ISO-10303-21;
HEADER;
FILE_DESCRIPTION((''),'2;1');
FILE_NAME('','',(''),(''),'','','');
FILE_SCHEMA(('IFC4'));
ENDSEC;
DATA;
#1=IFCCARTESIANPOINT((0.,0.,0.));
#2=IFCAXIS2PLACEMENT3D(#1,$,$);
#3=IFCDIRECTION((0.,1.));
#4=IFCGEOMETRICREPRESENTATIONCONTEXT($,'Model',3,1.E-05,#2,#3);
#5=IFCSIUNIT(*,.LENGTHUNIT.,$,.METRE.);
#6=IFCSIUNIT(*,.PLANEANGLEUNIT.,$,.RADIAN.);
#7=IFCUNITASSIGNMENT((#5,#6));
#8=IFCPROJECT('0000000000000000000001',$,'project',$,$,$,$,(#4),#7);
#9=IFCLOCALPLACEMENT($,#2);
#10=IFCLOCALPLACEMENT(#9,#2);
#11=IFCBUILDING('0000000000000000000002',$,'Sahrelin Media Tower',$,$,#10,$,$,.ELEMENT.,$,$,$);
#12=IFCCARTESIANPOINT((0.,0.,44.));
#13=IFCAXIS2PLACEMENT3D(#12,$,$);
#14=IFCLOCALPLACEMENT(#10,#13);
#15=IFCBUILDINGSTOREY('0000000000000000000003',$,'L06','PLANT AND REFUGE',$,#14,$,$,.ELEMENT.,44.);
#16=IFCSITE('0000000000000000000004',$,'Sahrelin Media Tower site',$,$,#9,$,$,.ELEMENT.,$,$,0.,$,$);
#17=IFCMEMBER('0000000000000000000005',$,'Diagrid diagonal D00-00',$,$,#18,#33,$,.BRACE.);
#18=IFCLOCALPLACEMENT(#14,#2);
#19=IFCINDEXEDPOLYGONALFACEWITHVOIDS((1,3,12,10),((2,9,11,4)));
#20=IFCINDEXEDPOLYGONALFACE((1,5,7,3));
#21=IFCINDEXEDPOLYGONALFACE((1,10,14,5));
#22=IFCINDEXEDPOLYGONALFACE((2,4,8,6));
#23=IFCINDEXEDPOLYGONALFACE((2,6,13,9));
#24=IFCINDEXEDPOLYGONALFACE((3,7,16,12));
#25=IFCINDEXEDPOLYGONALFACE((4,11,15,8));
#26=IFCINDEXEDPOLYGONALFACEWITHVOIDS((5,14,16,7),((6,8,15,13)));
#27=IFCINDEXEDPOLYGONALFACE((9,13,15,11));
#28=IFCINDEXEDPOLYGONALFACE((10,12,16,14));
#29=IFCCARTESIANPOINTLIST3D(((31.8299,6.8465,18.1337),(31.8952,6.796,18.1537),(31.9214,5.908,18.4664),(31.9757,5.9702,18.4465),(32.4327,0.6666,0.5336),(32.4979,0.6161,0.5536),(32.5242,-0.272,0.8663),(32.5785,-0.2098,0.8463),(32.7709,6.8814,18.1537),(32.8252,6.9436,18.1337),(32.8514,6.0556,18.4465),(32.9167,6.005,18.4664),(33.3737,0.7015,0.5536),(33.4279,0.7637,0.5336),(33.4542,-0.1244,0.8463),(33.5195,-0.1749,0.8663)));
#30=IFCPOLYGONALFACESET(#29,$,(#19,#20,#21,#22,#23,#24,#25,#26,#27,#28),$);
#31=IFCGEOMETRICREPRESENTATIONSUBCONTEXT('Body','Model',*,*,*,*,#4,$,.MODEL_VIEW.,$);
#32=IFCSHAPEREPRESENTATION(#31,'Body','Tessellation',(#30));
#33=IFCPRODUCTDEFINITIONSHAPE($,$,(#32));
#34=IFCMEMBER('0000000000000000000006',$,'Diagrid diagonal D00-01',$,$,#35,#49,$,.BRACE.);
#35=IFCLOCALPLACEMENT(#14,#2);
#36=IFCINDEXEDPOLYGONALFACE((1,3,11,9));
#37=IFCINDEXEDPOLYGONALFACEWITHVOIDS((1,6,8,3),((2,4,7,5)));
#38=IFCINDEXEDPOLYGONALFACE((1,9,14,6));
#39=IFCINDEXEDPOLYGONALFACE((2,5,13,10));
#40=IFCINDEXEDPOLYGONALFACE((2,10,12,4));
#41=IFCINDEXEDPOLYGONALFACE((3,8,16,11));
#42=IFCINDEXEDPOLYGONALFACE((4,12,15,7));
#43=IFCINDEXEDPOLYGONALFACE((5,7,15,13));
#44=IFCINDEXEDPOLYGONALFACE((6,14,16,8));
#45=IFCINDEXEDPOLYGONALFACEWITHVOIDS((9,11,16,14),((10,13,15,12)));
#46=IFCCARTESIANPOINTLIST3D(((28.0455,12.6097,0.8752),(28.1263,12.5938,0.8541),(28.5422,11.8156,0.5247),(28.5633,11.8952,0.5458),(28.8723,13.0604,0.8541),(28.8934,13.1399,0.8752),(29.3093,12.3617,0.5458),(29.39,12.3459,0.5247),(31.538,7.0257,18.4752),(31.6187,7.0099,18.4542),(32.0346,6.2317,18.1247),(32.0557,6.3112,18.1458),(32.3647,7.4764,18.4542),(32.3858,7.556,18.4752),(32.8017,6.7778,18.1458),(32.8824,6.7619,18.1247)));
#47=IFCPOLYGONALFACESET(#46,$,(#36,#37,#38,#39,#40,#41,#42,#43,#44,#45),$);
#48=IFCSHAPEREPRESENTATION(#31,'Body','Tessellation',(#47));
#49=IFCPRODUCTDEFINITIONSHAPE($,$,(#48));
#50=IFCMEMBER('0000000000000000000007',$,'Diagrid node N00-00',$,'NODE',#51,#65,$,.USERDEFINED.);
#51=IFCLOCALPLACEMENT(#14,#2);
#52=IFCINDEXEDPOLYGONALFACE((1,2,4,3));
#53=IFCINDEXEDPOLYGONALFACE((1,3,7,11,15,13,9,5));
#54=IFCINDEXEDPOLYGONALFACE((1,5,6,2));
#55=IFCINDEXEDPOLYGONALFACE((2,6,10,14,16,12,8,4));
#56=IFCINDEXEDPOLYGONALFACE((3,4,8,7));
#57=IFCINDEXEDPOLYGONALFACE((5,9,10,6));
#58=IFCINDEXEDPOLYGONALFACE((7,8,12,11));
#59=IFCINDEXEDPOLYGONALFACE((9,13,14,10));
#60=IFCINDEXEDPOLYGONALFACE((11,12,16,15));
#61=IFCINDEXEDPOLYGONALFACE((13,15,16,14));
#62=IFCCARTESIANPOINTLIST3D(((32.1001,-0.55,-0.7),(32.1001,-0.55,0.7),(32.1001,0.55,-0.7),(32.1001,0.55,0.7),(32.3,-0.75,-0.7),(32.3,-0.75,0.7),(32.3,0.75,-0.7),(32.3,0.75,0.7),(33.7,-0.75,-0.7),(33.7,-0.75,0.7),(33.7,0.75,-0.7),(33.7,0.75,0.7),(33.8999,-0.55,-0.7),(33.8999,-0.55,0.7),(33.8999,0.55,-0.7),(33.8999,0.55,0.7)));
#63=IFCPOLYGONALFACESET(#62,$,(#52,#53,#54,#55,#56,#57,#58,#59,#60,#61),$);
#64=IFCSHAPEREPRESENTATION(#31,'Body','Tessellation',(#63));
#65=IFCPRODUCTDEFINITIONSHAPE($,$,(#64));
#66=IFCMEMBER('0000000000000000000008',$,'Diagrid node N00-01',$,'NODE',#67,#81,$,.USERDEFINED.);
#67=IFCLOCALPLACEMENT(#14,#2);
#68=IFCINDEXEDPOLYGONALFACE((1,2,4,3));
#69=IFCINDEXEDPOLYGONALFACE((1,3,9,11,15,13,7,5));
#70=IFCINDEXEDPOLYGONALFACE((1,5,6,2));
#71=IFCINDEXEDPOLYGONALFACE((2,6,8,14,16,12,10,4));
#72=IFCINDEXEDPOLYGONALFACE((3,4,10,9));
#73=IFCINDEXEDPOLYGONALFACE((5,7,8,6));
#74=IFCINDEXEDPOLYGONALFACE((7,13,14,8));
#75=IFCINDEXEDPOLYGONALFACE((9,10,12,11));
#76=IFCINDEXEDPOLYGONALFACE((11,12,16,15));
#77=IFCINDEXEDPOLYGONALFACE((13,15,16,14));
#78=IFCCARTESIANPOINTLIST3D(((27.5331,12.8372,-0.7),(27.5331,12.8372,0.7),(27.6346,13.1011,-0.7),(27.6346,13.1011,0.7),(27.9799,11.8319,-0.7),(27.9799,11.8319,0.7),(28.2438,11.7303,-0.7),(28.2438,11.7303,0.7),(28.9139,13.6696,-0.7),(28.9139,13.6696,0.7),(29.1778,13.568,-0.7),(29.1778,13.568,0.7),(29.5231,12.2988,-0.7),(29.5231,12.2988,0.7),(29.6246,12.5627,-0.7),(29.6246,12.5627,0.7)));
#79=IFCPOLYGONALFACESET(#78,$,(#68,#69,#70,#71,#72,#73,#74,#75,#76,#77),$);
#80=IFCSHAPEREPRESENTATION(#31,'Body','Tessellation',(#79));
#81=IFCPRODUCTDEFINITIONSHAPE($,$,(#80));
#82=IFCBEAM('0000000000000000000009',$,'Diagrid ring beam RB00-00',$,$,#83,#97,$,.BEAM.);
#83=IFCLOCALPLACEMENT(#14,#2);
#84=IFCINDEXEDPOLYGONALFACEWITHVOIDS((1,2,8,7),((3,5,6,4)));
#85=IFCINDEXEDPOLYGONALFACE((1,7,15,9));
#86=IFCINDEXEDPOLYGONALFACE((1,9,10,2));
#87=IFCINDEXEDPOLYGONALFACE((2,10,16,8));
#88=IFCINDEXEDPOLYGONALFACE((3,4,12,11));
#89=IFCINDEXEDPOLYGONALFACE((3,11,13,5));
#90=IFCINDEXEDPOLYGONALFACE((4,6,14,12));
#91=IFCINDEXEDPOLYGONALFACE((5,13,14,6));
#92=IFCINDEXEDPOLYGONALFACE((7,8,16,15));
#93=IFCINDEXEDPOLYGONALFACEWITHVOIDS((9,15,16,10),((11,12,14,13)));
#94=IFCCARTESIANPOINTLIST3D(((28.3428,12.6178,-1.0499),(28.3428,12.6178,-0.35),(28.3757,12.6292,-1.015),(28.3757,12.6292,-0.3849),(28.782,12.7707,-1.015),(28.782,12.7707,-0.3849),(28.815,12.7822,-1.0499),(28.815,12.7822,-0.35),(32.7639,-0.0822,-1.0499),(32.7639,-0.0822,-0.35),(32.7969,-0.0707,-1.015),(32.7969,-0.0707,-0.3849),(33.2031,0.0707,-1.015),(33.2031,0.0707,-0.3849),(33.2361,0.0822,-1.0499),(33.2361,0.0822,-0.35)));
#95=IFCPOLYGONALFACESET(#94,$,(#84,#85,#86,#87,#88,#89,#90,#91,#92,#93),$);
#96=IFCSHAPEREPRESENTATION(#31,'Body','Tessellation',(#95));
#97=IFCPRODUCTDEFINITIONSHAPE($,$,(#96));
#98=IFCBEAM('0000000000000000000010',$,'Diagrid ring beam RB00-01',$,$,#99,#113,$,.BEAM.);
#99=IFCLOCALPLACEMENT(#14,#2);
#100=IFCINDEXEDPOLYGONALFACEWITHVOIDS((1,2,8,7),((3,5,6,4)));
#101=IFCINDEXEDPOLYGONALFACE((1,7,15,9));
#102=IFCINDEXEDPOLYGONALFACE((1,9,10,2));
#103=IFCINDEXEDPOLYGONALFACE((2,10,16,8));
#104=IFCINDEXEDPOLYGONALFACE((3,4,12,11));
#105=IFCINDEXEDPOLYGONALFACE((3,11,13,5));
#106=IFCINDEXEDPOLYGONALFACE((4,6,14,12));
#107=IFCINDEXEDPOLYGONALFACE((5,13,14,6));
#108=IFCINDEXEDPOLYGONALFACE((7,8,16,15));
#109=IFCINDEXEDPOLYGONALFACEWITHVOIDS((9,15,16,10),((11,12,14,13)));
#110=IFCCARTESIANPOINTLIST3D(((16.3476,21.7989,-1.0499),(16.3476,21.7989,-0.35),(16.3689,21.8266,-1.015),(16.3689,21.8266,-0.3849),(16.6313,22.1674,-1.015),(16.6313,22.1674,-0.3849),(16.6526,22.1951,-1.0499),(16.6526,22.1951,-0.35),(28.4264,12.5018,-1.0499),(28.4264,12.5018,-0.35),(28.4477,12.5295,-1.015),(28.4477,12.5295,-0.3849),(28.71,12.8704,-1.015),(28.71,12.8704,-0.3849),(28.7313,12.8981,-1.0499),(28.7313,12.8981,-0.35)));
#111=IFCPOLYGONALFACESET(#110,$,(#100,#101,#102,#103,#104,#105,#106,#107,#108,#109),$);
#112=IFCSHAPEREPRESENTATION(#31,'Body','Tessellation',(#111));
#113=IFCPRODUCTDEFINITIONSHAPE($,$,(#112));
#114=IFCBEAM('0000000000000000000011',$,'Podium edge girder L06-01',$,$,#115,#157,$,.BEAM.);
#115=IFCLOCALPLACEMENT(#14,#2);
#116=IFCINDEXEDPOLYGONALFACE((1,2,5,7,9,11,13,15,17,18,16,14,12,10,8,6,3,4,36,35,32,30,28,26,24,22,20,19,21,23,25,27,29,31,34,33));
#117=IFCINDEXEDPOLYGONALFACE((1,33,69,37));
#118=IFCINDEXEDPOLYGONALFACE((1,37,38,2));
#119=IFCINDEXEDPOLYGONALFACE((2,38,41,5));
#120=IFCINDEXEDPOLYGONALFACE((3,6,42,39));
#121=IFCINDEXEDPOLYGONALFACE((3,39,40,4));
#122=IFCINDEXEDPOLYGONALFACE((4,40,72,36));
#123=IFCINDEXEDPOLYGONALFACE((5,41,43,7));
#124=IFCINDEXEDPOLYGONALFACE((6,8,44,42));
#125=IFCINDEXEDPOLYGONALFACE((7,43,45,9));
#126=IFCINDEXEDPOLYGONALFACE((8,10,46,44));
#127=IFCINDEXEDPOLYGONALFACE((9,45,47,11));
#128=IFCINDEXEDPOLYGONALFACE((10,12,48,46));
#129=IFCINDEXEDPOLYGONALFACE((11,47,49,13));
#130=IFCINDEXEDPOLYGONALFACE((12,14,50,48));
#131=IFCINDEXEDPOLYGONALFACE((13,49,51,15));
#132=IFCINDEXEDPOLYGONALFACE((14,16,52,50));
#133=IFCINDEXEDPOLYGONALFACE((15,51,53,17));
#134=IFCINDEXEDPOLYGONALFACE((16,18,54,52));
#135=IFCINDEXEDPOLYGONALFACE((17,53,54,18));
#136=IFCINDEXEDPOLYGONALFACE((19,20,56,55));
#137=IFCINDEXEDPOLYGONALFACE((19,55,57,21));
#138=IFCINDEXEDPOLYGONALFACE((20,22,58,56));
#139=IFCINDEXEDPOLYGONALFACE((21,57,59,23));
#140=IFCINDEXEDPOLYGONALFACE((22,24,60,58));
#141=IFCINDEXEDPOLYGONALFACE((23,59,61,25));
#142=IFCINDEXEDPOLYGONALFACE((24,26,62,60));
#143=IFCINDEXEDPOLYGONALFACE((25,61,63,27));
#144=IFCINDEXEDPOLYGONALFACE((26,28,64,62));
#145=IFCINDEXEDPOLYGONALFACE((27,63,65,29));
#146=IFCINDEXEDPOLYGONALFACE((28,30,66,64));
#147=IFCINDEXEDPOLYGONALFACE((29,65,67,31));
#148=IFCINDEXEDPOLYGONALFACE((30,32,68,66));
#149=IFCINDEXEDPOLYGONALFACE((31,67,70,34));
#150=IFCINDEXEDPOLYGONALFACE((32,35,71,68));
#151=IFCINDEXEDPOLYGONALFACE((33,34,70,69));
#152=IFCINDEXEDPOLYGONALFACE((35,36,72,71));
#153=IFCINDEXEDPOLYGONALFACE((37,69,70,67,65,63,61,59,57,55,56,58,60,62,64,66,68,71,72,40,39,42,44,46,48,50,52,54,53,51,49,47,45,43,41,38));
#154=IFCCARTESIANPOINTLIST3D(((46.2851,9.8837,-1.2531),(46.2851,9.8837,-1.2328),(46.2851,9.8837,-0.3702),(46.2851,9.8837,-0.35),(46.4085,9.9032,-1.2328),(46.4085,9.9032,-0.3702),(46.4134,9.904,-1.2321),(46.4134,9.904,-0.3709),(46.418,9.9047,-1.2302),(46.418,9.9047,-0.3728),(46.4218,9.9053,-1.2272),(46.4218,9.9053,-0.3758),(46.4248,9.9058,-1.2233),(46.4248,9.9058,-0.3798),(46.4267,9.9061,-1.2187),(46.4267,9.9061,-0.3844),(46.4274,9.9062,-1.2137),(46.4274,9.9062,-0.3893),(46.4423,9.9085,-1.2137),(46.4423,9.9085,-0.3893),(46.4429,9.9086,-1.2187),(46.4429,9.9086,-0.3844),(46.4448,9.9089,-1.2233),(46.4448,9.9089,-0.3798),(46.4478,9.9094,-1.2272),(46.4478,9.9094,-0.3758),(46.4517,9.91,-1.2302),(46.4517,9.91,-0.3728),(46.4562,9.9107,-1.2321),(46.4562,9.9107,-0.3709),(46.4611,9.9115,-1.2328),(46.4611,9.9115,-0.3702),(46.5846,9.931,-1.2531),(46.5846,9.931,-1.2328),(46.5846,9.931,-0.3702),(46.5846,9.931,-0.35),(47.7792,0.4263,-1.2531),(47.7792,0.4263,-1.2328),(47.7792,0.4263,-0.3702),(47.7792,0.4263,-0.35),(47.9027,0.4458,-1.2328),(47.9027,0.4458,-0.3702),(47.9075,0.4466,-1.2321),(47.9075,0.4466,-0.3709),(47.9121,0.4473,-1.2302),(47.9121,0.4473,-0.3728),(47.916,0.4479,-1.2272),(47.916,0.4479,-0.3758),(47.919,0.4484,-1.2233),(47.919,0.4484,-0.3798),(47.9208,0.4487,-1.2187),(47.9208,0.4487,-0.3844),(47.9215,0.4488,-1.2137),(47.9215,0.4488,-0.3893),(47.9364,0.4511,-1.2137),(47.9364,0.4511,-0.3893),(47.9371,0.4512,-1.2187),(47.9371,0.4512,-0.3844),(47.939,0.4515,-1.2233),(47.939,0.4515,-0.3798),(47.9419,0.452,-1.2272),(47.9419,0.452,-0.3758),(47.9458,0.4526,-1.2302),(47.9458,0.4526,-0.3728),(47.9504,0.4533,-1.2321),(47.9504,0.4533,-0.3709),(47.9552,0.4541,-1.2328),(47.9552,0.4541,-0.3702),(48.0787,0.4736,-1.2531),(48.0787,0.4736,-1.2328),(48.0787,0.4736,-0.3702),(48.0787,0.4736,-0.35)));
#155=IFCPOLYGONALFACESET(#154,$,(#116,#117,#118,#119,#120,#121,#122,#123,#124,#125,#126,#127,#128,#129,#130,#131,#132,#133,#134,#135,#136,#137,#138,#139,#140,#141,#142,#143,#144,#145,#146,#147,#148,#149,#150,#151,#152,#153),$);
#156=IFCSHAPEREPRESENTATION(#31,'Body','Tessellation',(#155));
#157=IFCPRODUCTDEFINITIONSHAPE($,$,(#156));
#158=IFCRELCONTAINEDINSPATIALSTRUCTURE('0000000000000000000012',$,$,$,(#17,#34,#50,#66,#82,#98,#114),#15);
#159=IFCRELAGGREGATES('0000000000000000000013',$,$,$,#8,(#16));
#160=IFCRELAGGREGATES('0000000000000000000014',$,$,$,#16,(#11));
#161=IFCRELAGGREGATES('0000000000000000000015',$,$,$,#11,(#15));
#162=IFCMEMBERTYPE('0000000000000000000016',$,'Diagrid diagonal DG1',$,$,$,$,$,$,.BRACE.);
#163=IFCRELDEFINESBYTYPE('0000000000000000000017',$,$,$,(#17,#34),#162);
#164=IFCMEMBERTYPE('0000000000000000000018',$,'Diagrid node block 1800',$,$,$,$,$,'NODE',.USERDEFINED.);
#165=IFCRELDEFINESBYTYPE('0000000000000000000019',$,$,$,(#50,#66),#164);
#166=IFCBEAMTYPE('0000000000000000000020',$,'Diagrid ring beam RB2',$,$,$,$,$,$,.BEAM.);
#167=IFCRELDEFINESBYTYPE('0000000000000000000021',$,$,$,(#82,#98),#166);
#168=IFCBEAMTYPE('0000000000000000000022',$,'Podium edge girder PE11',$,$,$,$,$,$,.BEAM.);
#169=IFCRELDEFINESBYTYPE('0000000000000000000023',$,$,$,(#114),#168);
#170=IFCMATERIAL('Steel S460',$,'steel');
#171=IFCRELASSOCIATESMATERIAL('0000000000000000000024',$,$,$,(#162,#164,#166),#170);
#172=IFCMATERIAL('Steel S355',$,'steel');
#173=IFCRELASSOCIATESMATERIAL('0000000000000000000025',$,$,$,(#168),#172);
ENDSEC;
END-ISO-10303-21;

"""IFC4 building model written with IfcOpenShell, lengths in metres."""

from ifc_helpers import new_model, si_unit, direction, frame, origin, origin_2d, place, context, subcontext, project, spatial, polyline, hollow_rectangle, i_section, outline, extrude, material, material_profile, profile_set, type_object, element, save


model = new_model("IFC4")

# Units and contexts
model_context = context("Model", 3, precision=1e-05, world=origin(), true_north=direction((0.0, 1.0)))
body_context = subcontext(model_context, "Body", "Model", "MODEL_VIEW")
ifc_project = project(units=[si_unit("LENGTHUNIT", "METRE"), si_unit("PLANEANGLEUNIT", "RADIAN")], contexts=[model_context])

# Site, building, storey
site_placement = place(None, origin())
site = spatial("IfcSite", under=ifc_project, at=site_placement, Name="Sahrelin Media Tower site", CompositionType="ELEMENT", RefElevation=0.0)
building_placement = place(site_placement, origin())
building = spatial("IfcBuilding", under=site, at=building_placement, Name="Sahrelin Media Tower", CompositionType="ELEMENT")
storey_placement = place(building_placement, frame((0.0, 0.0, 44.0)))
storey = spatial("IfcBuildingStorey", under=building, at=storey_placement, Name="L06", Description="PLANT AND REFUGE", CompositionType="ELEMENT", Elevation=44.0)

# Members
ifc_material_1 = material(Name="Steel S460", Category="steel")
ifc_material_profile_1 = material_profile(ifc_material_1, hollow_rectangle(XDim=1.0, YDim=1.0, WallThickness=0.0601, at=origin_2d()), Name="Diagrid diagonal DG1")
ifc_profile_set_1 = profile_set([ifc_material_profile_1], Name="Steel S460")
member_type_1 = type_object("IfcMemberType", Name="Diagrid diagonal DG1", PredefinedType="BRACE", material=ifc_profile_set_1)
member_1_placement = place(storey_placement, frame((32.9761, 0.2458, 0.7), z_axis=(-0.032298, 0.331128, 0.943033), x_axis=(-0.995277, -0.097078, 0.0)))
element("IfcMember", 1, at=member_1_placement, inside=storey, type_object=member_type_1, Name="Diagrid diagonal D00-00", PredefinedType="BRACE", context=body_context, shape_type="SweptSolid", body=[
    extrude(hollow_rectangle(XDim=1.0, YDim=1.0, WallThickness=0.0601, at=origin_2d()), origin(), (0.0, 0.0, 1.0), 18.6633),
])
member_2_placement = place(storey_placement, frame((28.7178, 12.4778, 0.7), z_axis=(0.185846, -0.297146, 0.936571), x_axis=(0.847832, 0.530265, 0.0)))
element("IfcMember", 2, at=member_2_placement, inside=storey, type_object=member_type_1, Name="Diagrid diagonal D00-01", PredefinedType="BRACE", context=body_context, shape_type="SweptSolid", body=[
    extrude(hollow_rectangle(XDim=1.0, YDim=1.0, WallThickness=0.0601, at=origin_2d()), origin(), (0.0, 0.0, 1.0), 18.792),
])
ifc_material_profile_2 = material_profile(ifc_material_1, outline(polyline([(0.7, -0.75), (0.8999, -0.55), (0.8999, 0.55), (0.7, 0.75), (-0.7, 0.75), (-0.8999, 0.55), (-0.8999, -0.55), (-0.7, -0.75), (0.7, -0.75)])), Name="Diagrid node block 1800")
ifc_profile_set_2 = profile_set([ifc_material_profile_2], Name="Steel S460")
member_type_2 = type_object("IfcMemberType", Name="Diagrid node block 1800", ElementType="NODE", PredefinedType="USERDEFINED", material=ifc_profile_set_2)
for number, where, z_axis, x_axis, name in (
    (3, (33.0, 0.0, -0.7), (0.0, 0.0, 1.0), (1.0, 0.0, 0.0), "Diagrid node N00-00"),
    (4, (28.5789, 12.7, -0.7), (0.0, 0.0, 1.0), (0.913831, 0.406094, 0.0), "Diagrid node N00-01"),
):
    element("IfcMember", number, at=place(storey_placement, frame(where, z_axis=z_axis, x_axis=x_axis)), inside=storey, type_object=member_type_2, Name=name, ObjectType="NODE", PredefinedType="USERDEFINED", context=body_context, shape_type="SweptSolid", body=[
        extrude(outline(polyline([(0.7, -0.75), (0.8999, -0.55), (0.8999, 0.55), (0.7, 0.75), (-0.7, 0.75), (-0.8999, 0.55), (-0.8999, -0.55), (-0.7, -0.75), (0.7, -0.75)])), origin(), (0.0, 0.0, 1.0), 1.3999),
    ])

# Beams
ifc_material_profile_3 = material_profile(ifc_material_1, hollow_rectangle(XDim=0.5, YDim=0.7, WallThickness=0.0349, at=origin_2d()), Name="Diagrid ring beam RB2")
ifc_profile_set_3 = profile_set([ifc_material_profile_3], Name="Steel S460")
beam_type_1 = type_object("IfcBeamType", Name="Diagrid ring beam RB2", PredefinedType="BEAM", material=ifc_profile_set_3)
beam_1_placement = place(storey_placement, frame((33.0, 0.0, -0.7), z_axis=(-0.328771, 0.94441, 0.0), x_axis=(-0.94441, -0.328771, 0.0)))
element("IfcBeam", 5, at=beam_1_placement, inside=storey, type_object=beam_type_1, Name="Diagrid ring beam RB00-00", PredefinedType="BEAM", context=body_context, shape_type="SweptSolid", body=[
    extrude(hollow_rectangle(XDim=0.5, YDim=0.7, WallThickness=0.0349, at=origin_2d()), origin(), (0.0, 0.0, 1.0), 13.4475),
])
beam_2_placement = place(storey_placement, frame((28.5789, 12.7, -0.7), z_axis=(-0.792444, 0.609945, 0.0), x_axis=(-0.609945, -0.792444, 0.0)))
element("IfcBeam", 6, at=beam_2_placement, inside=storey, type_object=beam_type_1, Name="Diagrid ring beam RB00-01", PredefinedType="BEAM", context=body_context, shape_type="SweptSolid", body=[
    extrude(hollow_rectangle(XDim=0.5, YDim=0.7, WallThickness=0.0349, at=origin_2d()), origin(), (0.0, 0.0, 1.0), 15.2424),
])
ifc_material_2 = material(Name="Steel S355", Category="steel")
ifc_material_profile_4 = material_profile(ifc_material_2, i_section(OverallWidth=0.3032, OverallDepth=0.9031, WebThickness=0.0151, FlangeThickness=0.0203, FilletRadius=0.019, at=origin_2d()), Name="UB 914x305x201")
ifc_profile_set_4 = profile_set([ifc_material_profile_4], Name="Steel S355")
beam_type_2 = type_object("IfcBeamType", Name="Podium edge girder PE11", PredefinedType="BEAM", material=ifc_profile_set_4)
beam_3_placement = place(storey_placement, frame((47.929, 0.45, -0.8015), z_axis=(-0.156049, 0.987749, 0.0), x_axis=(-0.987749, -0.156049, 0.0)))
element("IfcBeam", 7, at=beam_3_placement, inside=storey, type_object=beam_type_2, Name="Podium edge girder L06-01", PredefinedType="BEAM", context=body_context, shape_type="SweptSolid", body=[
    extrude(i_section(OverallWidth=0.3032, OverallDepth=0.9031, WebThickness=0.0151, FlangeThickness=0.0203, FilletRadius=0.019, at=origin_2d()), origin(), (0.0, 0.0, 1.0), 9.5747),
])

save(model, "model.ifc")
